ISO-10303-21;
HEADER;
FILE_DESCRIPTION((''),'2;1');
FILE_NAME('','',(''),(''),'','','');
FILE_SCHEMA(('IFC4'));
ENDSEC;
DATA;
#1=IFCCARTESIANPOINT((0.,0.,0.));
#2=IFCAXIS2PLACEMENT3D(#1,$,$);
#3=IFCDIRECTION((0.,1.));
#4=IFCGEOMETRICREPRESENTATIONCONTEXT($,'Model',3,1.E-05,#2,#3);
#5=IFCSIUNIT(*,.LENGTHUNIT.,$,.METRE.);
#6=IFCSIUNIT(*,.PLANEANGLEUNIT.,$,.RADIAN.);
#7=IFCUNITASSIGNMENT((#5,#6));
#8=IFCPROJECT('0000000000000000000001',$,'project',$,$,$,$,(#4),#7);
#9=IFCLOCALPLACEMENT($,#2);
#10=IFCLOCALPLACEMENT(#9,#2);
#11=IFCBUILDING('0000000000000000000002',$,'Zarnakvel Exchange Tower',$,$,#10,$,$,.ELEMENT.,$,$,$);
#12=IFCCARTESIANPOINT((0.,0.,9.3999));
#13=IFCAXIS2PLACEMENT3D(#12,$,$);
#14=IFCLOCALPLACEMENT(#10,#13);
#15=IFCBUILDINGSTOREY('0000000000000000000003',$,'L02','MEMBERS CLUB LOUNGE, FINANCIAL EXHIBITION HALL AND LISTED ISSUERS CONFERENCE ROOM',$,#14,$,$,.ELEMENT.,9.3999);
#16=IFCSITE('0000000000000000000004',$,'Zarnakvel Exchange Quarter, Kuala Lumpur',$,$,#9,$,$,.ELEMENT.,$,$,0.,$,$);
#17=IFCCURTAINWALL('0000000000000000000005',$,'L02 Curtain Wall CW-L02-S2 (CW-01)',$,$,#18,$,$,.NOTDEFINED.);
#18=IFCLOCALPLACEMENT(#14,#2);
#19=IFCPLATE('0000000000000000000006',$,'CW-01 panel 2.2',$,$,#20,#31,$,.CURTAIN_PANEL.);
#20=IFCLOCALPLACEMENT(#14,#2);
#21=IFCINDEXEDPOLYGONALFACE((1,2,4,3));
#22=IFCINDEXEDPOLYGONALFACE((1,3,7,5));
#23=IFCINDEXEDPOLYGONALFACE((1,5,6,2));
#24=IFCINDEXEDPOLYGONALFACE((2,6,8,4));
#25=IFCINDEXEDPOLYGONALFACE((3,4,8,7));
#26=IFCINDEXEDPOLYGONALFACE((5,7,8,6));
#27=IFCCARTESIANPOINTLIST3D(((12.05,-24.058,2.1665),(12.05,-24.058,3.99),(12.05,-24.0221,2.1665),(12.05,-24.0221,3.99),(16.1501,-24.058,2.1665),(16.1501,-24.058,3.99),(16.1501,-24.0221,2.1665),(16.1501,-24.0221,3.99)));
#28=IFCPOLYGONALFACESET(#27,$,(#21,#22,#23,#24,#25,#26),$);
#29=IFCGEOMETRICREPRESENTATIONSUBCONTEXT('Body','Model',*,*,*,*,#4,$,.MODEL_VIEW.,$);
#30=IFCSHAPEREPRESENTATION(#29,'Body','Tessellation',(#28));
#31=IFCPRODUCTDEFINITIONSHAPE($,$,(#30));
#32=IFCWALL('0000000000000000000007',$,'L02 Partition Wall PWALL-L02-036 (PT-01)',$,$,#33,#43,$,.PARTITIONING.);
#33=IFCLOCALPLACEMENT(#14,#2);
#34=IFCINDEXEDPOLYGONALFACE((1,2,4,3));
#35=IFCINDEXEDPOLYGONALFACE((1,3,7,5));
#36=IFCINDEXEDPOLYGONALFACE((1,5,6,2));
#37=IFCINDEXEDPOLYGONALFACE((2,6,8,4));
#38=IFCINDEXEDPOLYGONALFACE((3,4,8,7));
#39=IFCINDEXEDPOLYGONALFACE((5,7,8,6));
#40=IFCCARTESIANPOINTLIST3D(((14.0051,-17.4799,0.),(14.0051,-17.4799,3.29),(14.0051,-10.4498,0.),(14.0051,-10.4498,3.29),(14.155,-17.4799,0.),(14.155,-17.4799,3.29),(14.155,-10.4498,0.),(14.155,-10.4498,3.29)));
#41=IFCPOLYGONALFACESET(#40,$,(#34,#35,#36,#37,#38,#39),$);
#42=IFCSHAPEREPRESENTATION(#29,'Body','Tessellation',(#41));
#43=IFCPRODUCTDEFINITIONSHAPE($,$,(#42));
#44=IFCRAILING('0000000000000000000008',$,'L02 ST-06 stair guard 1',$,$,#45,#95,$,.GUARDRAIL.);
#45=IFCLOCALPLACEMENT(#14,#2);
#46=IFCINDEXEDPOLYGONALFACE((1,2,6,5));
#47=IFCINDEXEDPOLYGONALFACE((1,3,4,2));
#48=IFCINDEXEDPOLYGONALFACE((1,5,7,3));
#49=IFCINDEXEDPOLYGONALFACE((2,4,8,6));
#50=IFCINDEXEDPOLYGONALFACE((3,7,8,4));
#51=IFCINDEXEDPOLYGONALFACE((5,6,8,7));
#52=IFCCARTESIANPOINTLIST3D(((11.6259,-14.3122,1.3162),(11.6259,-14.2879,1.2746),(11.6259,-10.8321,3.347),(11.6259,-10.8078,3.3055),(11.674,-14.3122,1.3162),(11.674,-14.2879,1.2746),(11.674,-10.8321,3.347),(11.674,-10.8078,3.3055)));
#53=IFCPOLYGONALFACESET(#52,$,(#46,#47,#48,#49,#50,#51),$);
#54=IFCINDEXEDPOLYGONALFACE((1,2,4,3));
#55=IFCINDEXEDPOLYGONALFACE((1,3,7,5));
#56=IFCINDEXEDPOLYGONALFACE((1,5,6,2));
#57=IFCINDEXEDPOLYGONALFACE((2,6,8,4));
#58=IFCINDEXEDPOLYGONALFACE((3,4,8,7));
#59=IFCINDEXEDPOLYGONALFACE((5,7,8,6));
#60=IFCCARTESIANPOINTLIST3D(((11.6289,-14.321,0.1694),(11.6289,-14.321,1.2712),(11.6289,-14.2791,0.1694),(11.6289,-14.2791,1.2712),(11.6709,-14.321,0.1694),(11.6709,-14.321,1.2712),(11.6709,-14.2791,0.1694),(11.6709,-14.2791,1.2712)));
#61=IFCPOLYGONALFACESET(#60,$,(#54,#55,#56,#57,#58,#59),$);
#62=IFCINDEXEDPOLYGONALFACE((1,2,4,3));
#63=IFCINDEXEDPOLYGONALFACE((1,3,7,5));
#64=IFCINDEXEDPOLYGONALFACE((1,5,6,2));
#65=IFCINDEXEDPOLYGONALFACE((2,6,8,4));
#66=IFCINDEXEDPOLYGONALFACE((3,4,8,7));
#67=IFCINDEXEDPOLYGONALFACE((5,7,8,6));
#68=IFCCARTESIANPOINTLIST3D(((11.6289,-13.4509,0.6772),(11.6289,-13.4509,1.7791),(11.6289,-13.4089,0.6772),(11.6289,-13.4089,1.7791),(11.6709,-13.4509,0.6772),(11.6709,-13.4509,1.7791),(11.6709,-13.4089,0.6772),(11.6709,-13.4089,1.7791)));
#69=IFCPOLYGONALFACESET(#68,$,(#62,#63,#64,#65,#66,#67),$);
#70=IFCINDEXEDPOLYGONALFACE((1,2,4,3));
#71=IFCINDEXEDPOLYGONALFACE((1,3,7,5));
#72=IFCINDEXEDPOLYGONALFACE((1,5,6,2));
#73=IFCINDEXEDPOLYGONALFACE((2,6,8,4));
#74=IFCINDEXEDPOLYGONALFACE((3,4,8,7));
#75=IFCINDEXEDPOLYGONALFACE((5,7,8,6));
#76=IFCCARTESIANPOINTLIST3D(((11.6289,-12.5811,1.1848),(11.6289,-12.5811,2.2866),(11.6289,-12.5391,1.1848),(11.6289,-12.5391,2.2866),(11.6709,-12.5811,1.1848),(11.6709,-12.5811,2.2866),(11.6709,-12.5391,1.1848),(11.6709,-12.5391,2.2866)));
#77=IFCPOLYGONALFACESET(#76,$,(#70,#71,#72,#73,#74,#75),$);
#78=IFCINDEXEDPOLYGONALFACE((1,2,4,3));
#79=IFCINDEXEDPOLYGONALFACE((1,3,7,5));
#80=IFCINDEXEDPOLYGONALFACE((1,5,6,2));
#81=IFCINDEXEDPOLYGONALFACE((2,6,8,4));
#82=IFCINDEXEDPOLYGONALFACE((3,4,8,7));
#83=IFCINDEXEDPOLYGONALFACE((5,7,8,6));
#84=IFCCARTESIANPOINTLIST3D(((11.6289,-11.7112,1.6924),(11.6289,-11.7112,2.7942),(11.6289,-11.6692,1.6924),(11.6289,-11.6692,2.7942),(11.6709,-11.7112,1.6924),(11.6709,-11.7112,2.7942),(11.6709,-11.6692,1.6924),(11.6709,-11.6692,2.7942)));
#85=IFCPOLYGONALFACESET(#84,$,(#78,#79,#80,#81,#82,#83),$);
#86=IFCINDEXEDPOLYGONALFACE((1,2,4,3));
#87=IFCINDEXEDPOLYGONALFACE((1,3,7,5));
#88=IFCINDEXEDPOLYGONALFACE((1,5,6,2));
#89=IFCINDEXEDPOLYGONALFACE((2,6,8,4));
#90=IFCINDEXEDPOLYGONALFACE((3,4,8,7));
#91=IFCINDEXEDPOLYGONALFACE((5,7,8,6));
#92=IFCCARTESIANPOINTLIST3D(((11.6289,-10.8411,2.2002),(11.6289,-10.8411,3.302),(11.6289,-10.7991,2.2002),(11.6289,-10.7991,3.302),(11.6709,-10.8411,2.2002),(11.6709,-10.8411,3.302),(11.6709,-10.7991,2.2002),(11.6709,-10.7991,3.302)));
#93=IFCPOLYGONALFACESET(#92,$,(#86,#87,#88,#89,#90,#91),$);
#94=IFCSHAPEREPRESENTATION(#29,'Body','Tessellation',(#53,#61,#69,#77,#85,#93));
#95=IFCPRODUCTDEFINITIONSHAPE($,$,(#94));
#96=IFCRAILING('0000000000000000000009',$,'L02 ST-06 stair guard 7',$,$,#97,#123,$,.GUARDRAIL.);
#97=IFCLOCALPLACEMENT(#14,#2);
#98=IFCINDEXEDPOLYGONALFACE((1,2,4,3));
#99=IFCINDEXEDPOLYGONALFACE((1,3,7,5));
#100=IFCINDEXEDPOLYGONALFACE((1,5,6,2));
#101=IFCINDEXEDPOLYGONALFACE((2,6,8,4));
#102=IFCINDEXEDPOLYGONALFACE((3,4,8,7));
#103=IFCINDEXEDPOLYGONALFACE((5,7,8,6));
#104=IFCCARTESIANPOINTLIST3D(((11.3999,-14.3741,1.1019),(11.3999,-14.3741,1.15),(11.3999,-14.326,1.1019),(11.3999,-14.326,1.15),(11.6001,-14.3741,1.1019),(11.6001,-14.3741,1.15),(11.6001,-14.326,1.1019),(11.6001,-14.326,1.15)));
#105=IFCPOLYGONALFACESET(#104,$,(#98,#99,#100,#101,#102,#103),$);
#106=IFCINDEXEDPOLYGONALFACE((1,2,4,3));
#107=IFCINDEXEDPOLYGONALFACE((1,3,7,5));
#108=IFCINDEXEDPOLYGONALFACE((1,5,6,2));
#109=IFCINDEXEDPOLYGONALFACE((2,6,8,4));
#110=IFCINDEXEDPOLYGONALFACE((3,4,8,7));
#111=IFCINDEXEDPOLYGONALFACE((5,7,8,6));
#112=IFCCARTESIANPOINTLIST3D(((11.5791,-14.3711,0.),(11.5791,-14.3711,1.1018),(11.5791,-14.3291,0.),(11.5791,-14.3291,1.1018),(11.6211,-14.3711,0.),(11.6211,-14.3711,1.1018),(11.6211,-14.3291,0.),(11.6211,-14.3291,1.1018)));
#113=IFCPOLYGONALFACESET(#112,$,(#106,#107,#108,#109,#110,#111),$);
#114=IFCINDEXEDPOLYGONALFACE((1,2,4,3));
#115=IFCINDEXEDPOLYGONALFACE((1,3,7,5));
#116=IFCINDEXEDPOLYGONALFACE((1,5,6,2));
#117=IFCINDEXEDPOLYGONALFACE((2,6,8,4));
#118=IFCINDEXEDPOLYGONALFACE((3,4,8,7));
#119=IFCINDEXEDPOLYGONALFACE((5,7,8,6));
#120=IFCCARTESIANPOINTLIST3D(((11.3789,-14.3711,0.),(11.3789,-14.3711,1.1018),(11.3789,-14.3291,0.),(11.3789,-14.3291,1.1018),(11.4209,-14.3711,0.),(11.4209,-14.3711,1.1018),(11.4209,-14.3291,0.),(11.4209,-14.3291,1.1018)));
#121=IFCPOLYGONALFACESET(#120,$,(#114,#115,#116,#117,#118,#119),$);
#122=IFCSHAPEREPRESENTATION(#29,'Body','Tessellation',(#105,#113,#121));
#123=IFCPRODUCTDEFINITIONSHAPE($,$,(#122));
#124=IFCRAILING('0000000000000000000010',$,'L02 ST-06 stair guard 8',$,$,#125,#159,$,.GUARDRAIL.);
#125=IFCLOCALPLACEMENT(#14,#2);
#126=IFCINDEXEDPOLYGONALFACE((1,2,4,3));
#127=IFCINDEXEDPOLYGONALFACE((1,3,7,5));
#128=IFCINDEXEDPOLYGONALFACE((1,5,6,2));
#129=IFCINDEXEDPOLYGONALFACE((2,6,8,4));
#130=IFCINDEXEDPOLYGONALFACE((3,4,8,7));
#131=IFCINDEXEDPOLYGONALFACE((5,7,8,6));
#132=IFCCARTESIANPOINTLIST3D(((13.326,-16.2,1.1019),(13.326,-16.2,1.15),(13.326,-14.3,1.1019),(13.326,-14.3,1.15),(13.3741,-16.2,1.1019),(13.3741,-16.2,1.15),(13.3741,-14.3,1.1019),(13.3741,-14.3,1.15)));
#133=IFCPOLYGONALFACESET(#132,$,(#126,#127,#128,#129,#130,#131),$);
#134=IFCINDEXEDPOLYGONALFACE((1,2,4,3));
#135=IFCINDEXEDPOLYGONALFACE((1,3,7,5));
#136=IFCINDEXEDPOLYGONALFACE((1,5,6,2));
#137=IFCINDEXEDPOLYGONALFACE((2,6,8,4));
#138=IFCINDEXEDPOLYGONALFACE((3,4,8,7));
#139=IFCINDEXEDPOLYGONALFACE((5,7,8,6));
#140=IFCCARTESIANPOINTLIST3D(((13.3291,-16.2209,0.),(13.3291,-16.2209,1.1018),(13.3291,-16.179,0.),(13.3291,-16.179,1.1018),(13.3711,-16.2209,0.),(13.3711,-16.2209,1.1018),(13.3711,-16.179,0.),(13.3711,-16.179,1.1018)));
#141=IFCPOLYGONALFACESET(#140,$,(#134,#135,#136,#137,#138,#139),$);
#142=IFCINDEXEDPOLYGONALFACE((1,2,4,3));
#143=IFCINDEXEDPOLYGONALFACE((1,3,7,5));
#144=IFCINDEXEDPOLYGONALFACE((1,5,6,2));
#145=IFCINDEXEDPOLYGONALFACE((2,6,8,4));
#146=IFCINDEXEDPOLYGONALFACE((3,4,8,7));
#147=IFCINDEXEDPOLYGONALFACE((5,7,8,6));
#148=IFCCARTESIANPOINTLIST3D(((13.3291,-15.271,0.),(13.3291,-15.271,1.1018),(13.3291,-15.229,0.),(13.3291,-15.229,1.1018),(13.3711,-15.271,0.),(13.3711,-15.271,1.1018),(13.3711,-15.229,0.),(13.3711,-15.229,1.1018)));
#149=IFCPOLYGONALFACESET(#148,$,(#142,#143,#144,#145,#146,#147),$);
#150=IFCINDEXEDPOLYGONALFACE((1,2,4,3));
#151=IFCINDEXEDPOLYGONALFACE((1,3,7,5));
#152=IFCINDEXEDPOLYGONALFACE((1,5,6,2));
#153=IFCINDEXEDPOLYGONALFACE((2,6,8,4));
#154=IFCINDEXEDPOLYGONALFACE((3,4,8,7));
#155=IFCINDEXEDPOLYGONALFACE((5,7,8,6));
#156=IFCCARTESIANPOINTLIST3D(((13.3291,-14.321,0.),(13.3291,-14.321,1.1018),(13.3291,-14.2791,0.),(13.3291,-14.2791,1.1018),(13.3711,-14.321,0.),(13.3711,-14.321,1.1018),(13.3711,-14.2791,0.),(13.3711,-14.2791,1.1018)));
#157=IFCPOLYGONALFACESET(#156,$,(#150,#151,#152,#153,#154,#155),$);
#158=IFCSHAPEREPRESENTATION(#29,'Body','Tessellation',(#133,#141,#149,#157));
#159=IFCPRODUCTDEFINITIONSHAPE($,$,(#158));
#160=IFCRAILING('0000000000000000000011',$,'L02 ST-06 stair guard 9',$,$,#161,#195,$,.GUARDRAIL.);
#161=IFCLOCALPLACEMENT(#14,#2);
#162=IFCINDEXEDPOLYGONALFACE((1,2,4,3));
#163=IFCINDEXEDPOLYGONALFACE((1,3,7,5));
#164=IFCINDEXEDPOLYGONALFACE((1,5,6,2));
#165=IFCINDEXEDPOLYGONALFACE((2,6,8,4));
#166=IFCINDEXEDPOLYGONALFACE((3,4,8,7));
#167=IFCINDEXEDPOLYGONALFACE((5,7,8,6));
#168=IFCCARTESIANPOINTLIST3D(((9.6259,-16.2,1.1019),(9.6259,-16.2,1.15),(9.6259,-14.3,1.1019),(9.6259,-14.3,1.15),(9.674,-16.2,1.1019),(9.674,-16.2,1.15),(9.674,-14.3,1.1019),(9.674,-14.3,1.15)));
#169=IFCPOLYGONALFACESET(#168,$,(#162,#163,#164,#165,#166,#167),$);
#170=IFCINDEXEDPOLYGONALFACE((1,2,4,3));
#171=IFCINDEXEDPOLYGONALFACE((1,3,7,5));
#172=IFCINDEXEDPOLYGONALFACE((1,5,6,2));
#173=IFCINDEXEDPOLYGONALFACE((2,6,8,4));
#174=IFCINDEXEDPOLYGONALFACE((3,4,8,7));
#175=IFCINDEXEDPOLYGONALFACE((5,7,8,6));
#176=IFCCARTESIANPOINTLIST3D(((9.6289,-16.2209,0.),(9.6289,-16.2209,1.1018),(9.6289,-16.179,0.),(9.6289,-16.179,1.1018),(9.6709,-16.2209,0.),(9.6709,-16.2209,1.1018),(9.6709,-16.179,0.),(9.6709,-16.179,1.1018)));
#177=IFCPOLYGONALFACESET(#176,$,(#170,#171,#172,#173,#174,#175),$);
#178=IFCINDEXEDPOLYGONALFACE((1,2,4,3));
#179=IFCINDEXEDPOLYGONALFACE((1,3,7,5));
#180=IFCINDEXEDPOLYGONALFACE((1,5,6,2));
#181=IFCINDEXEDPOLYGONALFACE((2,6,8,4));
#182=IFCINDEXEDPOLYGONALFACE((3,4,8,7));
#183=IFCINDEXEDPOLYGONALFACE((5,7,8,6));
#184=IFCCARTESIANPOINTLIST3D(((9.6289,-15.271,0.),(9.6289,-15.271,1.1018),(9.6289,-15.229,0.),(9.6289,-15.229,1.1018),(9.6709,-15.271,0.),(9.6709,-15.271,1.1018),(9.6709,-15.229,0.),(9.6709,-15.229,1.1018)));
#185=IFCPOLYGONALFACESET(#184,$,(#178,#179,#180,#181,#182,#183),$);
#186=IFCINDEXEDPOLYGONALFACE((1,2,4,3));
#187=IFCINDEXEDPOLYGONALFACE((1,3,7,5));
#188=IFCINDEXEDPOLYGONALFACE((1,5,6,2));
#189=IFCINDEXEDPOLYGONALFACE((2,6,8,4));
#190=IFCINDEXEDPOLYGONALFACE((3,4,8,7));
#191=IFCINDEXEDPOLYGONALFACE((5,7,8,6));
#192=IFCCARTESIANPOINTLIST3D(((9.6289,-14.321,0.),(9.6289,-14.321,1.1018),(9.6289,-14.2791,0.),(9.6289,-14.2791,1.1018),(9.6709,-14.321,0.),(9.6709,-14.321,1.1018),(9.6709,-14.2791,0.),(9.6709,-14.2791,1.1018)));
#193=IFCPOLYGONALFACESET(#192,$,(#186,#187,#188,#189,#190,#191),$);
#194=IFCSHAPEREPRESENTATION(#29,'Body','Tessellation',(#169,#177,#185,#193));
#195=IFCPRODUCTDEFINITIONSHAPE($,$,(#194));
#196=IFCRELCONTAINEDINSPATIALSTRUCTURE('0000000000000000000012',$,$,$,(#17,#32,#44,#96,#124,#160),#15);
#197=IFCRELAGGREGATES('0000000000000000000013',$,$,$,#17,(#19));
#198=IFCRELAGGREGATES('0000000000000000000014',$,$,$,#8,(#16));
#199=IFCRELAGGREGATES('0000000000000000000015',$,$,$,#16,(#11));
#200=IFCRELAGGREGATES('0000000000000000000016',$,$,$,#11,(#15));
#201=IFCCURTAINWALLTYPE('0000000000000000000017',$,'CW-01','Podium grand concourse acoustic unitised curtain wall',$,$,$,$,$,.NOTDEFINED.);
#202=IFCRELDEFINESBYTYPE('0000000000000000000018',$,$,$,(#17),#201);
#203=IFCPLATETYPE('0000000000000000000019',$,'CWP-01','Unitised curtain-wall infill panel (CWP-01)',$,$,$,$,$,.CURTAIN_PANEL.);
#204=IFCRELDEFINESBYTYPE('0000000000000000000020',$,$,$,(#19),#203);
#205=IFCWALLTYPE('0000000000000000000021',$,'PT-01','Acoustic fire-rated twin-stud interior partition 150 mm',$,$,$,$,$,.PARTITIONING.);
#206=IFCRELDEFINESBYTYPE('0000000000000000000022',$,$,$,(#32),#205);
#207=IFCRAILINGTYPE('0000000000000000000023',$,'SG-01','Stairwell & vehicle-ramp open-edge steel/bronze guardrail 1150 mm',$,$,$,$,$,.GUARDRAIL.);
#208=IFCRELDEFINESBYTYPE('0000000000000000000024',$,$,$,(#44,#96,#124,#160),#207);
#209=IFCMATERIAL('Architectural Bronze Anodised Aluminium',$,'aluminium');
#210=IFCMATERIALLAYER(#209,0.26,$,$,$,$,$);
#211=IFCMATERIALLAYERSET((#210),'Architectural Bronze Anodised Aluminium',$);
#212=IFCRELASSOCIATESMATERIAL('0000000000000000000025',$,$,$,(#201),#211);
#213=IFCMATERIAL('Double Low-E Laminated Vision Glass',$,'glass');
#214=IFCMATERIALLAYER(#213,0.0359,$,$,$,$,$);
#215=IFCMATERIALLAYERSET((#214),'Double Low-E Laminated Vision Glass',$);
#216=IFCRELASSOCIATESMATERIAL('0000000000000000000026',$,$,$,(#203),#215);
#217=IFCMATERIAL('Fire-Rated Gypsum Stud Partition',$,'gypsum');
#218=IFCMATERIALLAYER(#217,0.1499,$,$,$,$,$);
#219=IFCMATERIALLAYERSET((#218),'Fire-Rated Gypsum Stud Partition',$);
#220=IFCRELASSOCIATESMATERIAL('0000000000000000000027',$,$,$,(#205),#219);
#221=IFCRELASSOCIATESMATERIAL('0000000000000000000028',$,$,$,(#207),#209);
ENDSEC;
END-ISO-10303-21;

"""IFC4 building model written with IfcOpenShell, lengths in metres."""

from ifc_helpers import new_model, si_unit, direction, frame, frame_2d, origin, origin_2d, place, context, subcontext, project, spatial, rectangle, extrude, source, transform, mapped, material, layer, layer_set, type_object, element, aggregate, save


model = new_model("IFC4")

# Units and contexts
model_context = context("Model", 3, precision=1e-05, world=origin(), true_north=direction((0.0, 1.0)))
body_context = subcontext(model_context, "Body", "Model", "MODEL_VIEW")
ifc_project = project(units=[si_unit("LENGTHUNIT", "METRE"), si_unit("PLANEANGLEUNIT", "RADIAN")], contexts=[model_context])

# Site, building, storey
site_placement = place(None, origin())
site = spatial("IfcSite", under=ifc_project, at=site_placement, Name="Zarnakvel Exchange Quarter, Kuala Lumpur", CompositionType="ELEMENT", RefElevation=0.0)
building_placement = place(site_placement, origin())
building = spatial("IfcBuilding", under=site, at=building_placement, Name="Zarnakvel Exchange Tower", CompositionType="ELEMENT")
storey_placement = place(building_placement, frame((0.0, 0.0, 9.3999)))
storey = spatial("IfcBuildingStorey", under=building, at=storey_placement, Name="L02", Description="MEMBERS CLUB LOUNGE, FINANCIAL EXHIBITION HALL AND LISTED ISSUERS CONFERENCE ROOM", CompositionType="ELEMENT", Elevation=9.3999)

# Curtain wall, plate
ifc_material_1 = material(Name="Architectural Bronze Anodised Aluminium", Category="aluminium")
ifc_layer_1 = layer(ifc_material_1, 0.26)
ifc_layer_set_1 = layer_set([ifc_layer_1], Name="Architectural Bronze Anodised Aluminium")
curtain_wall_type = type_object("IfcCurtainWallType", Name="CW-01", Description="Podium grand concourse acoustic unitised curtain wall", PredefinedType="NOTDEFINED", material=ifc_layer_set_1)
curtain_wall_placement = place(storey_placement, origin())
curtain_wall = element("IfcCurtainWall", 1, at=curtain_wall_placement, inside=storey, type_object=curtain_wall_type, Name="L02 Curtain Wall CW-L02-S2 (CW-01)", PredefinedType="NOTDEFINED")
ifc_material_2 = material(Name="Double Low-E Laminated Vision Glass", Category="glass")
ifc_layer_2 = layer(ifc_material_2, 0.0359)
ifc_layer_set_2 = layer_set([ifc_layer_2], Name="Double Low-E Laminated Vision Glass")
plate_type = type_object("IfcPlateType", Name="CWP-01", Description="Unitised curtain-wall infill panel (CWP-01)", PredefinedType="CURTAIN_PANEL", material=ifc_layer_set_2)
shared_shape_1 = source(origin(), body_context, "Body", "SweptSolid", [
    extrude(rectangle(XDim=4.1001, YDim=0.0359, at=origin_2d()), origin(), (0.0, 0.0, 1.0), 1.8235),
])
plate_1_placement = place(storey_placement, frame((14.1001, -24.04, 2.1665), z_axis=(0.0, 0.0, 1.0), x_axis=(1.0, 0.0, 0.0)))
plate_1 = element("IfcPlate", 2, at=plate_1_placement, type_object=plate_type, Name="CW-01 panel 2.2", PredefinedType="CURTAIN_PANEL", context=body_context, shape_type="MappedRepresentation", body=[
    mapped(shared_shape_1, transform((0.0, 0.0, 0.0), x_axis=(1.0, 0.0, 0.0), y_axis=(0.0, 1.0, 0.0), z_axis=(0.0, 0.0, 1.0), scale=1.0)),
])
aggregate(curtain_wall, [plate_1])

# Wall
ifc_material_3 = material(Name="Fire-Rated Gypsum Stud Partition", Category="gypsum")
ifc_layer_3 = layer(ifc_material_3, 0.1499)
ifc_layer_set_3 = layer_set([ifc_layer_3], Name="Fire-Rated Gypsum Stud Partition")
wall_type = type_object("IfcWallType", Name="PT-01", Description="Acoustic fire-rated twin-stud interior partition 150 mm", PredefinedType="PARTITIONING", material=ifc_layer_set_3)
wall_placement = place(storey_placement, frame((14.0801, -17.48, 0.0), z_axis=(0.0, 0.0, 1.0), x_axis=(0.0, 1.0, 0.0)))
element("IfcWall", 3, at=wall_placement, inside=storey, type_object=wall_type, Name="L02 Partition Wall PWALL-L02-036 (PT-01)", PredefinedType="PARTITIONING", context=body_context, shape_type="SweptSolid", body=[
    extrude(rectangle(XDim=7.03, YDim=0.1499, at=frame_2d((3.5151, 0.0))), origin(), (0.0, 0.0, 1.0), 3.29),
])

# Railings
railing_type = type_object("IfcRailingType", Name="SG-01", Description="Stairwell & vehicle-ramp open-edge steel/bronze guardrail 1150 mm", PredefinedType="GUARDRAIL", material=ifc_material_1)
railing_1_placement = place(storey_placement, frame((11.6499, -14.3, 0.1694)))
element("IfcRailing", 4, at=railing_1_placement, inside=storey, type_object=railing_type, Name="L02 ST-06 stair guard 1", PredefinedType="GUARDRAIL", context=body_context, shape_type="SweptSolid", body=[
    extrude(rectangle(XDim=0.0481, YDim=0.0481, at=origin_2d()), frame((0.0, 0.0, 1.126), z_axis=(0.0, 0.863695, 0.504014), x_axis=(-1.0, 0.0, 0.0)), (0.0, 0.0, 1.0), 4.0293),
    extrude(rectangle(XDim=0.042, YDim=0.042, at=origin_2d()), origin(), (0.0, 0.0, 1.0), 1.1018),
    extrude(rectangle(XDim=0.042, YDim=0.042, at=origin_2d()), frame((0.0, 0.8701, 0.5078)), (0.0, 0.0, 1.0), 1.1018),
    extrude(rectangle(XDim=0.042, YDim=0.042, at=origin_2d()), frame((0.0, 1.74, 1.0154)), (0.0, 0.0, 1.0), 1.1018),
    extrude(rectangle(XDim=0.042, YDim=0.042, at=origin_2d()), frame((0.0, 2.6099, 1.5229)), (0.0, 0.0, 1.0), 1.1018),
    extrude(rectangle(XDim=0.042, YDim=0.042, at=origin_2d()), frame((0.0, 3.48, 2.0308)), (0.0, 0.0, 1.0), 1.1018),
])
railing_2_placement = place(storey_placement, frame((11.6001, -14.3501, 0.0)))
element("IfcRailing", 5, at=railing_2_placement, inside=storey, type_object=railing_type, Name="L02 ST-06 stair guard 7", PredefinedType="GUARDRAIL", context=body_context, shape_type="SweptSolid", body=[
    extrude(rectangle(XDim=0.0481, YDim=0.0481, at=origin_2d()), frame((0.0, 0.0, 1.126), z_axis=(-1.0, 0.0, 0.0), x_axis=(0.0, -1.0, 0.0)), (0.0, 0.0, 1.0), 0.2002),
    extrude(rectangle(XDim=0.042, YDim=0.042, at=origin_2d()), origin(), (0.0, 0.0, 1.0), 1.1018),
    extrude(rectangle(XDim=0.042, YDim=0.042, at=origin_2d()), frame((-0.2002, 0.0, 0.0)), (0.0, 0.0, 1.0), 1.1018),
])
for number, where, name in (
    (6, (13.3501, -16.2, 0.0), "L02 ST-06 stair guard 8"),
    (7, (9.6499, -16.2, 0.0), "L02 ST-06 stair guard 9"),
):
    element("IfcRailing", number, at=place(storey_placement, frame(where)), inside=storey, type_object=railing_type, Name=name, PredefinedType="GUARDRAIL", context=body_context, shape_type="SweptSolid", body=[
        extrude(rectangle(XDim=0.0481, YDim=0.0481, at=origin_2d()), frame((0.0, 0.0, 1.126), z_axis=(0.0, 1.0, 0.0), x_axis=(-1.0, 0.0, 0.0)), (0.0, 0.0, 1.0), 1.8999),
        extrude(rectangle(XDim=0.042, YDim=0.042, at=origin_2d()), origin(), (0.0, 0.0, 1.0), 1.1018),
        extrude(rectangle(XDim=0.042, YDim=0.042, at=origin_2d()), frame((0.0, 0.95, 0.0)), (0.0, 0.0, 1.0), 1.1018),
        extrude(rectangle(XDim=0.042, YDim=0.042, at=origin_2d()), frame((0.0, 1.8999, 0.0)), (0.0, 0.0, 1.0), 1.1018),
    ])

save(model, "model.ifc")
